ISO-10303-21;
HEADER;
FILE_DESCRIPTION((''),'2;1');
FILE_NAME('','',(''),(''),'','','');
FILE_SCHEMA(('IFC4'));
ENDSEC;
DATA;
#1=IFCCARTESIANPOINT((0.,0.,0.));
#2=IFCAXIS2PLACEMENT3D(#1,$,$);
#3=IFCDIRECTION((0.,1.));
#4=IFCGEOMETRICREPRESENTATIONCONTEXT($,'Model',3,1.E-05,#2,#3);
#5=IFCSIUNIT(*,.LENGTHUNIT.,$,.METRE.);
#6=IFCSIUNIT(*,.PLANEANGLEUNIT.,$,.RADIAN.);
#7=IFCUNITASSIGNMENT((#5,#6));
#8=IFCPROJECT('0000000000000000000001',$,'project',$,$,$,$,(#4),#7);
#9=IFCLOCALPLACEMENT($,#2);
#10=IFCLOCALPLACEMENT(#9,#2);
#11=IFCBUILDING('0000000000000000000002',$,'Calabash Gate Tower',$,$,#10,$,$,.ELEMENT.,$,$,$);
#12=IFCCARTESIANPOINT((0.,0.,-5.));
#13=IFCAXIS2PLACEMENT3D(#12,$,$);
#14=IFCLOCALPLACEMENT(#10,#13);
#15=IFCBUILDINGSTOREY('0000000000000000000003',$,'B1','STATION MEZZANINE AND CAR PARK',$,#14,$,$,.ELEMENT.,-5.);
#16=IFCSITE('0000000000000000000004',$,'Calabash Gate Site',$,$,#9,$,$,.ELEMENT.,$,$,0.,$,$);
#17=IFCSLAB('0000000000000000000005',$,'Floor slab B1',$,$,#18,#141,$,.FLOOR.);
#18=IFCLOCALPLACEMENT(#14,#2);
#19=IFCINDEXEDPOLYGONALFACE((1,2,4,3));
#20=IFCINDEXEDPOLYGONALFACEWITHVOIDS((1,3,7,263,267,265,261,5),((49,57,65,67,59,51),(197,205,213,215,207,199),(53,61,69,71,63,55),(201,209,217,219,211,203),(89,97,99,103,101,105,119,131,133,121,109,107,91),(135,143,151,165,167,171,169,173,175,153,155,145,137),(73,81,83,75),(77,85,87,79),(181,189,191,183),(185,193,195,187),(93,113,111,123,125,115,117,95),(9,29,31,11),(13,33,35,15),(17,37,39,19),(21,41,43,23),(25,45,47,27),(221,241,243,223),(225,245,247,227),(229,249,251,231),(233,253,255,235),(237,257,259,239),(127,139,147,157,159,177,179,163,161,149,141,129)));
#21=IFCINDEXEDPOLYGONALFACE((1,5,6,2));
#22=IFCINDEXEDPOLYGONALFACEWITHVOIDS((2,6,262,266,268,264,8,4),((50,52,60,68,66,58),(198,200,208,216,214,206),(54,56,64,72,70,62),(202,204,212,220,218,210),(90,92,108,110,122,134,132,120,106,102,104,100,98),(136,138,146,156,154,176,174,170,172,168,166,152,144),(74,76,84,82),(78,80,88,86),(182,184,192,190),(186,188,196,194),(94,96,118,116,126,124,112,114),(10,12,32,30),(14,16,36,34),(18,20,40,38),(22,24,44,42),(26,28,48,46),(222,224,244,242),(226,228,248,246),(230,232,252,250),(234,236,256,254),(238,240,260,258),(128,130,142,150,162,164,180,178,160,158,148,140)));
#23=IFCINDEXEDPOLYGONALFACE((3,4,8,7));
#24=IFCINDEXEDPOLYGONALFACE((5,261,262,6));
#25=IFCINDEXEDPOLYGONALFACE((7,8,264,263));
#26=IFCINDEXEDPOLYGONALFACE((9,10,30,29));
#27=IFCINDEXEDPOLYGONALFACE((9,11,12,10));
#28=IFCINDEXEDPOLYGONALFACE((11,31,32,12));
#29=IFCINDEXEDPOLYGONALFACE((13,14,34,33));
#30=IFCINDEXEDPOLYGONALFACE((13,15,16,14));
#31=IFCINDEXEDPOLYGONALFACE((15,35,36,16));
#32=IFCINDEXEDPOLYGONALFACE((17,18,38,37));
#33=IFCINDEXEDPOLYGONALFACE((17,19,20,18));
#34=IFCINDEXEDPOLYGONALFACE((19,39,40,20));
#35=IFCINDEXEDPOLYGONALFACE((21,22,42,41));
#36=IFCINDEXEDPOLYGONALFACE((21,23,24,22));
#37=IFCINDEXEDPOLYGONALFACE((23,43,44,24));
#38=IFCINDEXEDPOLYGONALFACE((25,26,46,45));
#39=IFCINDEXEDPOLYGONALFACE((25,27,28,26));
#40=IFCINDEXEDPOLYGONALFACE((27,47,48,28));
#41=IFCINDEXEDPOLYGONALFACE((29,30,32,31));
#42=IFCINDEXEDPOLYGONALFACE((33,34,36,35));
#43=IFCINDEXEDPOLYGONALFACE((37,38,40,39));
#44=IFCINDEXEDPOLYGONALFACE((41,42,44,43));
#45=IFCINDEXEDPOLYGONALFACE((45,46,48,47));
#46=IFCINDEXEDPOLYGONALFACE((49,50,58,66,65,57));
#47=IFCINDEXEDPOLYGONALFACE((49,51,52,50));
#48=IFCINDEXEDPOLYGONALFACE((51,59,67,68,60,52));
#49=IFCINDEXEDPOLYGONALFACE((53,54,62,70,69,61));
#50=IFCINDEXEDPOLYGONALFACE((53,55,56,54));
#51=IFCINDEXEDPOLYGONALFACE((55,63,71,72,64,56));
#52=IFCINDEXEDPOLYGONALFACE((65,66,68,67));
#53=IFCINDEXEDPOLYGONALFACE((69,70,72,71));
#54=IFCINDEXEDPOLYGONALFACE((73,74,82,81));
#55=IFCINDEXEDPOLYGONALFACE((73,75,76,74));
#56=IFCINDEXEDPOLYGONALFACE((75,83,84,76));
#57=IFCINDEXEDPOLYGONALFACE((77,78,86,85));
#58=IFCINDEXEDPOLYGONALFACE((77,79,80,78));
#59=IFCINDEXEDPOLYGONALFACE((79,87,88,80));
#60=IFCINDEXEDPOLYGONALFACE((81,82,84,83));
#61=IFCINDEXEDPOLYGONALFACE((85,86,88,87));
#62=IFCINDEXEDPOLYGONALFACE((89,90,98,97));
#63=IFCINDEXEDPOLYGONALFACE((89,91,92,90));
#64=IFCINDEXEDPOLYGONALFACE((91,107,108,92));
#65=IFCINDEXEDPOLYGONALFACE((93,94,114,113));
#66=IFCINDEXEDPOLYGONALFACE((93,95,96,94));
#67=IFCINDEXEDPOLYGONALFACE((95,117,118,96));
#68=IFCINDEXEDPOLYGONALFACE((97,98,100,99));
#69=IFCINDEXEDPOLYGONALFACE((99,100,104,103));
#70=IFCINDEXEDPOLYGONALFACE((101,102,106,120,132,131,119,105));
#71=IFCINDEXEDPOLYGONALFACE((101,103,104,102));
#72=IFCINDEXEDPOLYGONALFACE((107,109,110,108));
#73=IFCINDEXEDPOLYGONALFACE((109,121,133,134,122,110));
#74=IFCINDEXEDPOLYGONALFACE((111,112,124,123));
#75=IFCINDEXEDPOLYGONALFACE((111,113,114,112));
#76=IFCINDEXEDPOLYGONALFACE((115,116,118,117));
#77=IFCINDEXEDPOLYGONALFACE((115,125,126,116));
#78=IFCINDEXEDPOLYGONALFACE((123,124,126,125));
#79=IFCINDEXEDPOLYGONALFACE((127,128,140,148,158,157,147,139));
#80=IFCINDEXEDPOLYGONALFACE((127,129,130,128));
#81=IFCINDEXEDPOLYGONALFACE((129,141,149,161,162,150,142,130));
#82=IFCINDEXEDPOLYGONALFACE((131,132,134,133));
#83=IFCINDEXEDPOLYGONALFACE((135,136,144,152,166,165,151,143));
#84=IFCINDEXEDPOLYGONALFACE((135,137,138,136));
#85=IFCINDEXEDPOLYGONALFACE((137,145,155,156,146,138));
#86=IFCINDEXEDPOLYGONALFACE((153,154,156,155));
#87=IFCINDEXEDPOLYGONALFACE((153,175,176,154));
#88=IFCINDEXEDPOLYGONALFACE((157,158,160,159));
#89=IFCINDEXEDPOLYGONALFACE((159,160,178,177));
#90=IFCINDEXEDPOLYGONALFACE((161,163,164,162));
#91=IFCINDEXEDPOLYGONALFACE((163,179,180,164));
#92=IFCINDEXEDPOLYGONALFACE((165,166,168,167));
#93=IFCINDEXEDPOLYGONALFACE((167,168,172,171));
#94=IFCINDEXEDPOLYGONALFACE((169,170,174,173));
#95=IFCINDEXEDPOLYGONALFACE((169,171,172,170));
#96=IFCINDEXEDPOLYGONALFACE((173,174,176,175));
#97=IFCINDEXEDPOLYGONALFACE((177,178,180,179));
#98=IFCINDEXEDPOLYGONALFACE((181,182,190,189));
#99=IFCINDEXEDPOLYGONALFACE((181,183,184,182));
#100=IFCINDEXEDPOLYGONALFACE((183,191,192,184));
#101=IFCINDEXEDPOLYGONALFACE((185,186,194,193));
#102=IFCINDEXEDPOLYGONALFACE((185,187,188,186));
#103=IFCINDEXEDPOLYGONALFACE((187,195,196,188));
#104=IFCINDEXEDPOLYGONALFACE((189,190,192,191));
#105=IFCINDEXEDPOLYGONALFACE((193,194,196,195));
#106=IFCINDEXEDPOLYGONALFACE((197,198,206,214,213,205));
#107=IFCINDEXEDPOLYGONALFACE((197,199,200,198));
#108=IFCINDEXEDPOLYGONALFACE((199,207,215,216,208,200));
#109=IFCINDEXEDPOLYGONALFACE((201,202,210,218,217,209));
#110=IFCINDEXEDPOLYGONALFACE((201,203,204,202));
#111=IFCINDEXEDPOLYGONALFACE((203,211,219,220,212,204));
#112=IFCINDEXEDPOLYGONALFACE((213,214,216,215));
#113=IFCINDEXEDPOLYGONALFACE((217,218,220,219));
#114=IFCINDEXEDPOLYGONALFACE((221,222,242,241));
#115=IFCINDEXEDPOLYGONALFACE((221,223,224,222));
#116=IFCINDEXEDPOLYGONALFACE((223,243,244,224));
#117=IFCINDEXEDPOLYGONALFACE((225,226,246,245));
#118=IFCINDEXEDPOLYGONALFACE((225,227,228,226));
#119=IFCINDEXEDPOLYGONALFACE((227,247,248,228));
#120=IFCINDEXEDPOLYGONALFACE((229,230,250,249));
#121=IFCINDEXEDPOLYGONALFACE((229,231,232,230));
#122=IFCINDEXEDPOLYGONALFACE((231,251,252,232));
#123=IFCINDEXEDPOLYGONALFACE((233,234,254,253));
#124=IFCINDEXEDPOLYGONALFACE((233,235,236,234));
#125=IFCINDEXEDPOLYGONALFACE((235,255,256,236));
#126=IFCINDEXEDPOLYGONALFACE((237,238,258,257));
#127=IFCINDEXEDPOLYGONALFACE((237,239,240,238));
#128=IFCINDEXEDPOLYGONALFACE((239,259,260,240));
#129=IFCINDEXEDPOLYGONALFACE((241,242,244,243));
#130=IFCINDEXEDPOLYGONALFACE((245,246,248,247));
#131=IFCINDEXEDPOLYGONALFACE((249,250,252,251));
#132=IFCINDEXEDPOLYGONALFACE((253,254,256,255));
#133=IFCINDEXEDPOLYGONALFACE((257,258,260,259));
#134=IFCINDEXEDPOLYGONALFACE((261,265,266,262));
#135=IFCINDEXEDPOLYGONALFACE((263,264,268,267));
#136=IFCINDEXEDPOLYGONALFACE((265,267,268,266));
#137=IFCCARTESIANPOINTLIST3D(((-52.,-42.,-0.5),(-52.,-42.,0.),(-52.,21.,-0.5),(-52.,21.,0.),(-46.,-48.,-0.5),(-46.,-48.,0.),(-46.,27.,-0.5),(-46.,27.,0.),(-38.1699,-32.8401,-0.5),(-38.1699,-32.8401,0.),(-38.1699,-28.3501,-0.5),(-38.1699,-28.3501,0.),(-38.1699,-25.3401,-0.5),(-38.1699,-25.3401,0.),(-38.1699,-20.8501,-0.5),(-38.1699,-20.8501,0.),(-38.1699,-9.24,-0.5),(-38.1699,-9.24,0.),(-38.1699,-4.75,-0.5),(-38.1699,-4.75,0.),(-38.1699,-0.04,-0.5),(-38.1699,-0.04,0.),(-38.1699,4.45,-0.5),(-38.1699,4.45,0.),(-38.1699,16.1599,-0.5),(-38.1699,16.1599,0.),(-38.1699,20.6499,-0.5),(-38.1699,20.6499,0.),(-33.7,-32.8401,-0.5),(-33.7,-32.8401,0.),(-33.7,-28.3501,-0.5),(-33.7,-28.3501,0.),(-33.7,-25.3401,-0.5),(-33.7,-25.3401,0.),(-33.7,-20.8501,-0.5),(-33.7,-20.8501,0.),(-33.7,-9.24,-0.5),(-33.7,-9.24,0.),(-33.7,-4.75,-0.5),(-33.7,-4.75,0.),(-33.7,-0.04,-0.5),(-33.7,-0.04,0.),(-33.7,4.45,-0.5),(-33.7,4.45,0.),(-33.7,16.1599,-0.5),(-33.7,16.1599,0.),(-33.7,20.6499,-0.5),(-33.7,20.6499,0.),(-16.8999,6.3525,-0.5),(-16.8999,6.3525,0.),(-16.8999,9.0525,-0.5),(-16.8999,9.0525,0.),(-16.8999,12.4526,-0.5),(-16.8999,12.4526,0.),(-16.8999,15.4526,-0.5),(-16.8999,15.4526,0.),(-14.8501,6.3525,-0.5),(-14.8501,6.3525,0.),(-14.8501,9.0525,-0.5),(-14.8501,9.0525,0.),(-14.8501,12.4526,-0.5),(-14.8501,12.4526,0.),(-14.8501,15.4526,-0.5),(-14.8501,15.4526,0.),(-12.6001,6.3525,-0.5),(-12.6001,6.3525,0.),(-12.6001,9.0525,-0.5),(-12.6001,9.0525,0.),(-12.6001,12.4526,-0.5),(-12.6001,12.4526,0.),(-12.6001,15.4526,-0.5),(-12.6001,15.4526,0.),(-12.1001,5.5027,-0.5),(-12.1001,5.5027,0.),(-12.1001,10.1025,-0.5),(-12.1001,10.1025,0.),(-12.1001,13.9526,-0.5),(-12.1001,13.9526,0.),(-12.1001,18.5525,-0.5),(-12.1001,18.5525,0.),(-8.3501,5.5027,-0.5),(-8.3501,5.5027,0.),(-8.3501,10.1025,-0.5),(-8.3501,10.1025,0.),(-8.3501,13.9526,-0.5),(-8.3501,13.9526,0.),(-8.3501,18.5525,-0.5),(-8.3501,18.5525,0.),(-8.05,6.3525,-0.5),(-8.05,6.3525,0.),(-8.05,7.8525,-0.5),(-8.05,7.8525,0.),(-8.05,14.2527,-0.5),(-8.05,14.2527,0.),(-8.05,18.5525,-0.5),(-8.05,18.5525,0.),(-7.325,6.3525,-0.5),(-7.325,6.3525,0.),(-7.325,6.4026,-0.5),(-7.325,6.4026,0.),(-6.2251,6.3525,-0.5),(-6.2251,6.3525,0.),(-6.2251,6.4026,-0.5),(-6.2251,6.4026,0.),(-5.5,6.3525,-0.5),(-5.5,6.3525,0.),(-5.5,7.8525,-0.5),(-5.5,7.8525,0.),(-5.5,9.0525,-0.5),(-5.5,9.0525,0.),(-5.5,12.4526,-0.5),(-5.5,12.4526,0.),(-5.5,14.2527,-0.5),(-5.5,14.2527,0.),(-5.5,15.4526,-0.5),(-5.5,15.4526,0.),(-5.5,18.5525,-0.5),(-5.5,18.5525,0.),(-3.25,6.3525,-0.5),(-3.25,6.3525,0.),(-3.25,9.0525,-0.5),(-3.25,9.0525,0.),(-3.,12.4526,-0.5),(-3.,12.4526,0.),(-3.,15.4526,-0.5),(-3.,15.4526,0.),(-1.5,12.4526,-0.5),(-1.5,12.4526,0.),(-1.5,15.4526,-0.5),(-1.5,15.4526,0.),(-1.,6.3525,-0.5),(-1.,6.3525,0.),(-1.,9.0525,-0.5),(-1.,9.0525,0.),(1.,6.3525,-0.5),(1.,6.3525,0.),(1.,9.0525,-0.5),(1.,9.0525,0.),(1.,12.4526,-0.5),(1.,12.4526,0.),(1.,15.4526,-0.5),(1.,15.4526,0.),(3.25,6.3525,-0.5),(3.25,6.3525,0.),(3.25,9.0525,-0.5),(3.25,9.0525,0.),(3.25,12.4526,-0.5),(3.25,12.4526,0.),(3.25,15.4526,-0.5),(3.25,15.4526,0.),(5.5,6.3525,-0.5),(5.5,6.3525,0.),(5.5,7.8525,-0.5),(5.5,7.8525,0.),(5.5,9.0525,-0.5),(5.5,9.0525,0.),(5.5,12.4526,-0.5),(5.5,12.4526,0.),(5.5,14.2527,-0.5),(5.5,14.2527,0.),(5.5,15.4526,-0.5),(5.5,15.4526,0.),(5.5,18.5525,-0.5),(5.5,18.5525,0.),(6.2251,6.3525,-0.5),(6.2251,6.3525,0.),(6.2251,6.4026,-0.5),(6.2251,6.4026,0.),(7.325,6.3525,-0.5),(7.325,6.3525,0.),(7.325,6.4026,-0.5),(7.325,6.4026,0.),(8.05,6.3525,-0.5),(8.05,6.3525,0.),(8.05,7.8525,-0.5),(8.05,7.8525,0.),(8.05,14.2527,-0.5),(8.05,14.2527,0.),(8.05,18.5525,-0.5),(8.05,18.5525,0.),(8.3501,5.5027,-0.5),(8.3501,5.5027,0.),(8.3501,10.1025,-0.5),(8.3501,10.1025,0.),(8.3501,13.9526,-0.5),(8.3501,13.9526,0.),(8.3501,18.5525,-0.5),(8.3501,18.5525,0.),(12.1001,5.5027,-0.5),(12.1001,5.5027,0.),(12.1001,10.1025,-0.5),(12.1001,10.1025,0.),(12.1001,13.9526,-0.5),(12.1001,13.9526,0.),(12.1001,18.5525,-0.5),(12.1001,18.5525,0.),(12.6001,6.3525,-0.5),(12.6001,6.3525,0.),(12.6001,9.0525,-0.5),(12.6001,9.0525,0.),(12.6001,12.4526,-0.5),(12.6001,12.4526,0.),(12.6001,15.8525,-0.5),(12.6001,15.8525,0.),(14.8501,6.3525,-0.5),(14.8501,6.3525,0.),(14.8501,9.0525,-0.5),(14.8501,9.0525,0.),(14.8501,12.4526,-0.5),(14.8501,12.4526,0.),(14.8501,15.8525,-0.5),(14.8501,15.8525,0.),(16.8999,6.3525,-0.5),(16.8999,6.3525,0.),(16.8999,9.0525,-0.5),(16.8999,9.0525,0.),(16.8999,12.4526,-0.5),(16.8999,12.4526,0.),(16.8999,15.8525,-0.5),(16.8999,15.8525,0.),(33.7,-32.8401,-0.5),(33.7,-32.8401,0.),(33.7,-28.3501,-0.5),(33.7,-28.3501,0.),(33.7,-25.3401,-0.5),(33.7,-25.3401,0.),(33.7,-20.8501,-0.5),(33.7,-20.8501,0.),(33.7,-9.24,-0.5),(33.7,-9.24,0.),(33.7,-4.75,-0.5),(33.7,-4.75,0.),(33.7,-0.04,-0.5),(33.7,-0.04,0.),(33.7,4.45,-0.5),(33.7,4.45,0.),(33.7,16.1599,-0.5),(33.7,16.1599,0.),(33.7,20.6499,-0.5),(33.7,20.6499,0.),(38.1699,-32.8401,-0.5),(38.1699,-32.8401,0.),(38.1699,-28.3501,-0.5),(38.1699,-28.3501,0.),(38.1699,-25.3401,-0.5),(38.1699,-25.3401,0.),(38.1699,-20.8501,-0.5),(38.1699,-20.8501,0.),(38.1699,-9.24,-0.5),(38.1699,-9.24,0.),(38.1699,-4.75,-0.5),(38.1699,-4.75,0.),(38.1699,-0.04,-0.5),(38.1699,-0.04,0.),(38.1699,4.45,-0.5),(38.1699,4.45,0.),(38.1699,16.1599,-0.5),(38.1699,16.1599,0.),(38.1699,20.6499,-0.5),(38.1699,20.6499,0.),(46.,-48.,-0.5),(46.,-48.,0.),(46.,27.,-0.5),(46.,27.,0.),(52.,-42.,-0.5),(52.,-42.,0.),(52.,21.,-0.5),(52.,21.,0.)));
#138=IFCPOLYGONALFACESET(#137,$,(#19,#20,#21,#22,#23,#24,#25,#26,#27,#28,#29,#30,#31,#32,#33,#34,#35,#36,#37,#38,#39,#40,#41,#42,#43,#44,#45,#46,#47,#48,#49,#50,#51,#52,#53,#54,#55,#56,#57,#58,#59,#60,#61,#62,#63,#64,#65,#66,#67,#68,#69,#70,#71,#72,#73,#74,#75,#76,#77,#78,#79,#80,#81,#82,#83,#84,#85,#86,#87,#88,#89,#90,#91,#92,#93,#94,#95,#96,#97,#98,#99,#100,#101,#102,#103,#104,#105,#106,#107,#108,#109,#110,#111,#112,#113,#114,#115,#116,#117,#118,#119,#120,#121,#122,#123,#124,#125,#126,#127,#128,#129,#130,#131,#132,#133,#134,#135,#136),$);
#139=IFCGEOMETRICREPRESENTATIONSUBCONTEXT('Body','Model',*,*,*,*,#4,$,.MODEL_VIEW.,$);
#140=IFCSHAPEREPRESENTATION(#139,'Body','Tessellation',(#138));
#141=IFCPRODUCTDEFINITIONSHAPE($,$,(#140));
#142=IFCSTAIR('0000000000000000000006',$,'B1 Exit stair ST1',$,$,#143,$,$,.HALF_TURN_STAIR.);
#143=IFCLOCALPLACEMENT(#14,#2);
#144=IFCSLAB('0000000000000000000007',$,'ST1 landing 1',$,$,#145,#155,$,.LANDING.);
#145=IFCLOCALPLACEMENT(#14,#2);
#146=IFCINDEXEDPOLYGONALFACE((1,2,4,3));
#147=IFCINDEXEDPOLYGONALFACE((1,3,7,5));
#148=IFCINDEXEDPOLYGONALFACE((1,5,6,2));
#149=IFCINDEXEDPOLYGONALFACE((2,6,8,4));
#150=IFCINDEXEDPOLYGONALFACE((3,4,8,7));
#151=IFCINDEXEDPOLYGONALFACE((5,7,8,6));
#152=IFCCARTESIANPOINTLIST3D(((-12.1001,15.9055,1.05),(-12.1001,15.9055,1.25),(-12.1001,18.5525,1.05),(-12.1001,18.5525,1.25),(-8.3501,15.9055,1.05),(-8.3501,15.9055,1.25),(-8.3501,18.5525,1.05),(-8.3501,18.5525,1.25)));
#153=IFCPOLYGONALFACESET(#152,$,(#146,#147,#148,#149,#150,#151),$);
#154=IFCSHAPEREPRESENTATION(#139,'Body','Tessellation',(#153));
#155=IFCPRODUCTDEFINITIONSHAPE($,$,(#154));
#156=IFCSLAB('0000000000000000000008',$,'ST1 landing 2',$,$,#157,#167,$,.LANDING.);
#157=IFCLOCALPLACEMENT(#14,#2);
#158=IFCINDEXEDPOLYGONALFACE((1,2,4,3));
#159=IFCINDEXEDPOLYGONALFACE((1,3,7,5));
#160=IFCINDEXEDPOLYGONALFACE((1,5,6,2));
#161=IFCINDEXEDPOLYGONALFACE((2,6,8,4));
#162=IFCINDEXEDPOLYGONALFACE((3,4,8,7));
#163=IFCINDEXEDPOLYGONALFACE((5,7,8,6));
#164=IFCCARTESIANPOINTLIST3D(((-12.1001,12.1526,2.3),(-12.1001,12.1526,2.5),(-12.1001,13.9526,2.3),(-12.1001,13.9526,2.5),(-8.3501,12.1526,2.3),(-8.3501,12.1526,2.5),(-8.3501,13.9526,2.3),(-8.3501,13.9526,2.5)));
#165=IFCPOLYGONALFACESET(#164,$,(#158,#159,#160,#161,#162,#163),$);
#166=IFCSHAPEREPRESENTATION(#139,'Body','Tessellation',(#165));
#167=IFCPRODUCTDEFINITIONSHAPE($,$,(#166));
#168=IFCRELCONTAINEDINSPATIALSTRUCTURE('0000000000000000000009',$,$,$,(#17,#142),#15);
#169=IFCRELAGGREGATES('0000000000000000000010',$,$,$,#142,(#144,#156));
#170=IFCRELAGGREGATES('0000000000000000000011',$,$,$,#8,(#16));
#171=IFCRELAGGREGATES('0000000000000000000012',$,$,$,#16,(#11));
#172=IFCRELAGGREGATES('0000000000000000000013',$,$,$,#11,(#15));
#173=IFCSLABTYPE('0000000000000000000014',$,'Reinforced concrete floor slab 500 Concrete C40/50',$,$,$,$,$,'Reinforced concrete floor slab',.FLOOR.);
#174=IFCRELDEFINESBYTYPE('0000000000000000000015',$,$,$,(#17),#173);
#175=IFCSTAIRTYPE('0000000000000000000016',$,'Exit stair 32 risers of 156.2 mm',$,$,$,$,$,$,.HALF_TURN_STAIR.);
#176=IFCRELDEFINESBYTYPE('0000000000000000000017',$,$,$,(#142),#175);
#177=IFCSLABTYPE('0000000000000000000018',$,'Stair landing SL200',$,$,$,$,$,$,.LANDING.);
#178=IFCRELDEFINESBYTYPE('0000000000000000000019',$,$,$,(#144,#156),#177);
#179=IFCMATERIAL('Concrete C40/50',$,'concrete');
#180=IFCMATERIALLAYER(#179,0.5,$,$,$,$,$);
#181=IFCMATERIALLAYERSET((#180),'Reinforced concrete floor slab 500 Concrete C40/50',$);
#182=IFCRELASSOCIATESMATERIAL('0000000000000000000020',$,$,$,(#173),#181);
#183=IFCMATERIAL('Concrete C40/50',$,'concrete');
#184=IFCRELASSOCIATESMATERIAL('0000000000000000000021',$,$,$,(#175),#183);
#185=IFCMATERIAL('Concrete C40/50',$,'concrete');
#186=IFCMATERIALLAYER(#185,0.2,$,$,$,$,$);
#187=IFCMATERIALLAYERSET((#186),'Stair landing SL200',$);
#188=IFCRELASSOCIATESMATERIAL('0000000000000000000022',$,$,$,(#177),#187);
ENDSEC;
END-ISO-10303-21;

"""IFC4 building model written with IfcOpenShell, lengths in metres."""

from ifc_helpers import new_model, si_unit, direction, frame, origin, place, context, subcontext, project, spatial, polyline, outline, extrude, material, layer, layer_set, type_object, element, aggregate, save


model = new_model("IFC4")

# Units and contexts
model_context = context("Model", 3, precision=1e-05, world=origin(), true_north=direction((0.0, 1.0)))
body_context = subcontext(model_context, "Body", "Model", "MODEL_VIEW")
ifc_project = project(units=[si_unit("LENGTHUNIT", "METRE"), si_unit("PLANEANGLEUNIT", "RADIAN")], contexts=[model_context])

# Site, building, storey
site_placement = place(None, origin())
site = spatial("IfcSite", under=ifc_project, at=site_placement, Name="Calabash Gate Site", CompositionType="ELEMENT", RefElevation=0.0)
building_placement = place(site_placement, origin())
building = spatial("IfcBuilding", under=site, at=building_placement, Name="Calabash Gate Tower", CompositionType="ELEMENT")
storey_placement = place(building_placement, frame((0.0, 0.0, -5.0)))
storey = spatial("IfcBuildingStorey", under=building, at=storey_placement, Name="B1", Description="STATION MEZZANINE AND CAR PARK", CompositionType="ELEMENT", Elevation=-5.0)

# Slab
ifc_material_1 = material(Name="Concrete C40/50", Category="concrete")
ifc_layer_1 = layer(ifc_material_1, 0.5)
ifc_layer_set_1 = layer_set([ifc_layer_1], Name="Reinforced concrete floor slab 500 Concrete C40/50")
slab_type_1 = type_object("IfcSlabType", Name="Reinforced concrete floor slab 500 Concrete C40/50", ElementType="Reinforced concrete floor slab", PredefinedType="FLOOR", material=ifc_layer_set_1)
slab_1_placement = place(storey_placement, frame((0.0, 0.0, -0.5)))
element("IfcSlab", 1, at=slab_1_placement, inside=storey, type_object=slab_type_1, Name="Floor slab B1", PredefinedType="FLOOR", context=body_context, shape_type="SweptSolid", body=[
    extrude(outline(polyline([(-52.0, 21.0), (-46.0, 27.0), (46.0, 27.0), (52.0, 21.0), (52.0, -42.0), (46.0, -48.0), (-46.0, -48.0), (-52.0, -42.0), (-52.0, 21.0)]), holes=[polyline([(-1.0, 6.3525), (-1.0, 9.0525), (-3.25, 9.0525), (-5.5, 9.0525), (-5.5, 7.8525), (-8.05, 7.8525), (-8.05, 6.3525), (-7.325, 6.3525), (-7.325, 6.4026), (-6.2251, 6.4026), (-6.2251, 6.3525), (-5.5, 6.3525), (-3.25, 6.3525), (-1.0, 6.3525)]), polyline([(8.05, 6.3525), (8.05, 7.8525), (5.5, 7.8525), (5.5, 9.0525), (3.25, 9.0525), (1.0, 9.0525), (1.0, 6.3525), (3.25, 6.3525), (5.5, 6.3525), (6.2251, 6.3525), (6.2251, 6.4026), (7.325, 6.4026), (7.325, 6.3525), (8.05, 6.3525)]), polyline([(-3.0, 12.4526), (-3.0, 15.4526), (-5.5, 15.4526), (-5.5, 18.5525), (-8.05, 18.5525), (-8.05, 14.2527), (-5.5, 14.2527), (-5.5, 12.4526), (-3.0, 12.4526)]), polyline([(5.5, 14.2527), (8.05, 14.2527), (8.05, 18.5525), (5.5, 18.5525), (5.5, 15.4526), (3.25, 15.4526), (1.0, 15.4526), (-1.5, 15.4526), (-1.5, 12.4526), (1.0, 12.4526), (3.25, 12.4526), (5.5, 12.4526), (5.5, 14.2527)]), polyline([(-16.8999, 6.3525), (-14.8501, 6.3525), (-12.6001, 6.3525), (-12.6001, 9.0525), (-14.8501, 9.0525), (-16.8999, 9.0525), (-16.8999, 6.3525)]), polyline([(-16.8999, 15.4526), (-16.8999, 12.4526), (-14.8501, 12.4526), (-12.6001, 12.4526), (-12.6001, 15.4526), (-14.8501, 15.4526), (-16.8999, 15.4526)]), polyline([(12.6001, 9.0525), (12.6001, 6.3525), (14.8501, 6.3525), (16.8999, 6.3525), (16.8999, 9.0525), (14.8501, 9.0525), (12.6001, 9.0525)]), polyline([(12.6001, 15.8525), (12.6001, 12.4526), (14.8501, 12.4526), (16.8999, 12.4526), (16.8999, 15.8525), (14.8501, 15.8525), (12.6001, 15.8525)]), polyline([(-12.1001, 13.9526), (-8.3501, 13.9526), (-8.3501, 18.5525), (-12.1001, 18.5525), (-12.1001, 13.9526)]), polyline([(-8.3501, 5.5027), (-8.3501, 10.1025), (-12.1001, 10.1025), (-12.1001, 5.5027), (-8.3501, 5.5027)]), polyline([(12.1001, 18.5525), (8.3501, 18.5525), (8.3501, 13.9526), (12.1001, 13.9526), (12.1001, 18.5525)]), polyline([(8.3501, 10.1025), (8.3501, 5.5027), (12.1001, 5.5027), (12.1001, 10.1025), (8.3501, 10.1025)]), polyline([(-33.7, -28.3501), (-38.1699, -28.3501), (-38.1699, -32.8401), (-33.7, -32.8401), (-33.7, -28.3501)]), polyline([(-33.7, -25.3401), (-33.7, -20.8501), (-38.1699, -20.8501), (-38.1699, -25.3401), (-33.7, -25.3401)]), polyline([(-38.1699, -9.24), (-33.7, -9.24), (-33.7, -4.75), (-38.1699, -4.75), (-38.1699, -9.24)]), polyline([(-38.1699, 4.45), (-38.1699, -0.04), (-33.7, -0.04), (-33.7, 4.45), (-38.1699, 4.45)]), polyline([(-33.7, 20.6499), (-38.1699, 20.6499), (-38.1699, 16.1599), (-33.7, 16.1599), (-33.7, 20.6499)]), polyline([(38.1699, -32.8401), (38.1699, -28.3501), (33.7, -28.3501), (33.7, -32.8401), (38.1699, -32.8401)]), polyline([(33.7, -25.3401), (38.1699, -25.3401), (38.1699, -20.8501), (33.7, -20.8501), (33.7, -25.3401)]), polyline([(33.7, -4.75), (33.7, -9.24), (38.1699, -9.24), (38.1699, -4.75), (33.7, -4.75)]), polyline([(38.1699, 4.45), (33.7, 4.45), (33.7, -0.04), (38.1699, -0.04), (38.1699, 4.45)]), polyline([(38.1699, 16.1599), (38.1699, 20.6499), (33.7, 20.6499), (33.7, 16.1599), (38.1699, 16.1599)])]), origin(), (0.0, 0.0, 1.0), 0.5),
])

# Stair, slabs
ifc_material_2 = material(Name="Concrete C40/50", Category="concrete")
stair_type = type_object("IfcStairType", Name="Exit stair 32 risers of 156.2 mm", PredefinedType="HALF_TURN_STAIR", material=ifc_material_2)
stair_1_placement = place(storey_placement, origin())
stair_1 = element("IfcStair", 2, at=stair_1_placement, inside=storey, type_object=stair_type, Name="B1 Exit stair ST1", PredefinedType="HALF_TURN_STAIR")
ifc_material_3 = material(Name="Concrete C40/50", Category="concrete")
ifc_layer_2 = layer(ifc_material_3, 0.2)
ifc_layer_set_2 = layer_set([ifc_layer_2], Name="Stair landing SL200")
slab_type_2 = type_object("IfcSlabType", Name="Stair landing SL200", PredefinedType="LANDING", material=ifc_layer_set_2)
slab_2_placement = place(storey_placement, frame((0.0, 0.0, 1.05)))
slab_2 = element("IfcSlab", 3, at=slab_2_placement, type_object=slab_type_2, Name="ST1 landing 1", PredefinedType="LANDING", context=body_context, shape_type="SweptSolid", body=[
    extrude(outline(polyline([(-8.3501, 15.9055), (-8.3501, 18.5525), (-12.1001, 18.5525), (-12.1001, 15.9055), (-8.3501, 15.9055)])), origin(), (0.0, 0.0, 1.0), 0.2),
])
slab_3_placement = place(storey_placement, frame((0.0, 0.0, 2.3)))
slab_3 = element("IfcSlab", 4, at=slab_3_placement, type_object=slab_type_2, Name="ST1 landing 2", PredefinedType="LANDING", context=body_context, shape_type="SweptSolid", body=[
    extrude(outline(polyline([(-8.3501, 12.1526), (-8.3501, 13.9526), (-12.1001, 13.9526), (-12.1001, 12.1526), (-8.3501, 12.1526)])), origin(), (0.0, 0.0, 1.0), 0.2),
])
aggregate(stair_1, [slab_2, slab_3])

save(model, "model.ifc")
